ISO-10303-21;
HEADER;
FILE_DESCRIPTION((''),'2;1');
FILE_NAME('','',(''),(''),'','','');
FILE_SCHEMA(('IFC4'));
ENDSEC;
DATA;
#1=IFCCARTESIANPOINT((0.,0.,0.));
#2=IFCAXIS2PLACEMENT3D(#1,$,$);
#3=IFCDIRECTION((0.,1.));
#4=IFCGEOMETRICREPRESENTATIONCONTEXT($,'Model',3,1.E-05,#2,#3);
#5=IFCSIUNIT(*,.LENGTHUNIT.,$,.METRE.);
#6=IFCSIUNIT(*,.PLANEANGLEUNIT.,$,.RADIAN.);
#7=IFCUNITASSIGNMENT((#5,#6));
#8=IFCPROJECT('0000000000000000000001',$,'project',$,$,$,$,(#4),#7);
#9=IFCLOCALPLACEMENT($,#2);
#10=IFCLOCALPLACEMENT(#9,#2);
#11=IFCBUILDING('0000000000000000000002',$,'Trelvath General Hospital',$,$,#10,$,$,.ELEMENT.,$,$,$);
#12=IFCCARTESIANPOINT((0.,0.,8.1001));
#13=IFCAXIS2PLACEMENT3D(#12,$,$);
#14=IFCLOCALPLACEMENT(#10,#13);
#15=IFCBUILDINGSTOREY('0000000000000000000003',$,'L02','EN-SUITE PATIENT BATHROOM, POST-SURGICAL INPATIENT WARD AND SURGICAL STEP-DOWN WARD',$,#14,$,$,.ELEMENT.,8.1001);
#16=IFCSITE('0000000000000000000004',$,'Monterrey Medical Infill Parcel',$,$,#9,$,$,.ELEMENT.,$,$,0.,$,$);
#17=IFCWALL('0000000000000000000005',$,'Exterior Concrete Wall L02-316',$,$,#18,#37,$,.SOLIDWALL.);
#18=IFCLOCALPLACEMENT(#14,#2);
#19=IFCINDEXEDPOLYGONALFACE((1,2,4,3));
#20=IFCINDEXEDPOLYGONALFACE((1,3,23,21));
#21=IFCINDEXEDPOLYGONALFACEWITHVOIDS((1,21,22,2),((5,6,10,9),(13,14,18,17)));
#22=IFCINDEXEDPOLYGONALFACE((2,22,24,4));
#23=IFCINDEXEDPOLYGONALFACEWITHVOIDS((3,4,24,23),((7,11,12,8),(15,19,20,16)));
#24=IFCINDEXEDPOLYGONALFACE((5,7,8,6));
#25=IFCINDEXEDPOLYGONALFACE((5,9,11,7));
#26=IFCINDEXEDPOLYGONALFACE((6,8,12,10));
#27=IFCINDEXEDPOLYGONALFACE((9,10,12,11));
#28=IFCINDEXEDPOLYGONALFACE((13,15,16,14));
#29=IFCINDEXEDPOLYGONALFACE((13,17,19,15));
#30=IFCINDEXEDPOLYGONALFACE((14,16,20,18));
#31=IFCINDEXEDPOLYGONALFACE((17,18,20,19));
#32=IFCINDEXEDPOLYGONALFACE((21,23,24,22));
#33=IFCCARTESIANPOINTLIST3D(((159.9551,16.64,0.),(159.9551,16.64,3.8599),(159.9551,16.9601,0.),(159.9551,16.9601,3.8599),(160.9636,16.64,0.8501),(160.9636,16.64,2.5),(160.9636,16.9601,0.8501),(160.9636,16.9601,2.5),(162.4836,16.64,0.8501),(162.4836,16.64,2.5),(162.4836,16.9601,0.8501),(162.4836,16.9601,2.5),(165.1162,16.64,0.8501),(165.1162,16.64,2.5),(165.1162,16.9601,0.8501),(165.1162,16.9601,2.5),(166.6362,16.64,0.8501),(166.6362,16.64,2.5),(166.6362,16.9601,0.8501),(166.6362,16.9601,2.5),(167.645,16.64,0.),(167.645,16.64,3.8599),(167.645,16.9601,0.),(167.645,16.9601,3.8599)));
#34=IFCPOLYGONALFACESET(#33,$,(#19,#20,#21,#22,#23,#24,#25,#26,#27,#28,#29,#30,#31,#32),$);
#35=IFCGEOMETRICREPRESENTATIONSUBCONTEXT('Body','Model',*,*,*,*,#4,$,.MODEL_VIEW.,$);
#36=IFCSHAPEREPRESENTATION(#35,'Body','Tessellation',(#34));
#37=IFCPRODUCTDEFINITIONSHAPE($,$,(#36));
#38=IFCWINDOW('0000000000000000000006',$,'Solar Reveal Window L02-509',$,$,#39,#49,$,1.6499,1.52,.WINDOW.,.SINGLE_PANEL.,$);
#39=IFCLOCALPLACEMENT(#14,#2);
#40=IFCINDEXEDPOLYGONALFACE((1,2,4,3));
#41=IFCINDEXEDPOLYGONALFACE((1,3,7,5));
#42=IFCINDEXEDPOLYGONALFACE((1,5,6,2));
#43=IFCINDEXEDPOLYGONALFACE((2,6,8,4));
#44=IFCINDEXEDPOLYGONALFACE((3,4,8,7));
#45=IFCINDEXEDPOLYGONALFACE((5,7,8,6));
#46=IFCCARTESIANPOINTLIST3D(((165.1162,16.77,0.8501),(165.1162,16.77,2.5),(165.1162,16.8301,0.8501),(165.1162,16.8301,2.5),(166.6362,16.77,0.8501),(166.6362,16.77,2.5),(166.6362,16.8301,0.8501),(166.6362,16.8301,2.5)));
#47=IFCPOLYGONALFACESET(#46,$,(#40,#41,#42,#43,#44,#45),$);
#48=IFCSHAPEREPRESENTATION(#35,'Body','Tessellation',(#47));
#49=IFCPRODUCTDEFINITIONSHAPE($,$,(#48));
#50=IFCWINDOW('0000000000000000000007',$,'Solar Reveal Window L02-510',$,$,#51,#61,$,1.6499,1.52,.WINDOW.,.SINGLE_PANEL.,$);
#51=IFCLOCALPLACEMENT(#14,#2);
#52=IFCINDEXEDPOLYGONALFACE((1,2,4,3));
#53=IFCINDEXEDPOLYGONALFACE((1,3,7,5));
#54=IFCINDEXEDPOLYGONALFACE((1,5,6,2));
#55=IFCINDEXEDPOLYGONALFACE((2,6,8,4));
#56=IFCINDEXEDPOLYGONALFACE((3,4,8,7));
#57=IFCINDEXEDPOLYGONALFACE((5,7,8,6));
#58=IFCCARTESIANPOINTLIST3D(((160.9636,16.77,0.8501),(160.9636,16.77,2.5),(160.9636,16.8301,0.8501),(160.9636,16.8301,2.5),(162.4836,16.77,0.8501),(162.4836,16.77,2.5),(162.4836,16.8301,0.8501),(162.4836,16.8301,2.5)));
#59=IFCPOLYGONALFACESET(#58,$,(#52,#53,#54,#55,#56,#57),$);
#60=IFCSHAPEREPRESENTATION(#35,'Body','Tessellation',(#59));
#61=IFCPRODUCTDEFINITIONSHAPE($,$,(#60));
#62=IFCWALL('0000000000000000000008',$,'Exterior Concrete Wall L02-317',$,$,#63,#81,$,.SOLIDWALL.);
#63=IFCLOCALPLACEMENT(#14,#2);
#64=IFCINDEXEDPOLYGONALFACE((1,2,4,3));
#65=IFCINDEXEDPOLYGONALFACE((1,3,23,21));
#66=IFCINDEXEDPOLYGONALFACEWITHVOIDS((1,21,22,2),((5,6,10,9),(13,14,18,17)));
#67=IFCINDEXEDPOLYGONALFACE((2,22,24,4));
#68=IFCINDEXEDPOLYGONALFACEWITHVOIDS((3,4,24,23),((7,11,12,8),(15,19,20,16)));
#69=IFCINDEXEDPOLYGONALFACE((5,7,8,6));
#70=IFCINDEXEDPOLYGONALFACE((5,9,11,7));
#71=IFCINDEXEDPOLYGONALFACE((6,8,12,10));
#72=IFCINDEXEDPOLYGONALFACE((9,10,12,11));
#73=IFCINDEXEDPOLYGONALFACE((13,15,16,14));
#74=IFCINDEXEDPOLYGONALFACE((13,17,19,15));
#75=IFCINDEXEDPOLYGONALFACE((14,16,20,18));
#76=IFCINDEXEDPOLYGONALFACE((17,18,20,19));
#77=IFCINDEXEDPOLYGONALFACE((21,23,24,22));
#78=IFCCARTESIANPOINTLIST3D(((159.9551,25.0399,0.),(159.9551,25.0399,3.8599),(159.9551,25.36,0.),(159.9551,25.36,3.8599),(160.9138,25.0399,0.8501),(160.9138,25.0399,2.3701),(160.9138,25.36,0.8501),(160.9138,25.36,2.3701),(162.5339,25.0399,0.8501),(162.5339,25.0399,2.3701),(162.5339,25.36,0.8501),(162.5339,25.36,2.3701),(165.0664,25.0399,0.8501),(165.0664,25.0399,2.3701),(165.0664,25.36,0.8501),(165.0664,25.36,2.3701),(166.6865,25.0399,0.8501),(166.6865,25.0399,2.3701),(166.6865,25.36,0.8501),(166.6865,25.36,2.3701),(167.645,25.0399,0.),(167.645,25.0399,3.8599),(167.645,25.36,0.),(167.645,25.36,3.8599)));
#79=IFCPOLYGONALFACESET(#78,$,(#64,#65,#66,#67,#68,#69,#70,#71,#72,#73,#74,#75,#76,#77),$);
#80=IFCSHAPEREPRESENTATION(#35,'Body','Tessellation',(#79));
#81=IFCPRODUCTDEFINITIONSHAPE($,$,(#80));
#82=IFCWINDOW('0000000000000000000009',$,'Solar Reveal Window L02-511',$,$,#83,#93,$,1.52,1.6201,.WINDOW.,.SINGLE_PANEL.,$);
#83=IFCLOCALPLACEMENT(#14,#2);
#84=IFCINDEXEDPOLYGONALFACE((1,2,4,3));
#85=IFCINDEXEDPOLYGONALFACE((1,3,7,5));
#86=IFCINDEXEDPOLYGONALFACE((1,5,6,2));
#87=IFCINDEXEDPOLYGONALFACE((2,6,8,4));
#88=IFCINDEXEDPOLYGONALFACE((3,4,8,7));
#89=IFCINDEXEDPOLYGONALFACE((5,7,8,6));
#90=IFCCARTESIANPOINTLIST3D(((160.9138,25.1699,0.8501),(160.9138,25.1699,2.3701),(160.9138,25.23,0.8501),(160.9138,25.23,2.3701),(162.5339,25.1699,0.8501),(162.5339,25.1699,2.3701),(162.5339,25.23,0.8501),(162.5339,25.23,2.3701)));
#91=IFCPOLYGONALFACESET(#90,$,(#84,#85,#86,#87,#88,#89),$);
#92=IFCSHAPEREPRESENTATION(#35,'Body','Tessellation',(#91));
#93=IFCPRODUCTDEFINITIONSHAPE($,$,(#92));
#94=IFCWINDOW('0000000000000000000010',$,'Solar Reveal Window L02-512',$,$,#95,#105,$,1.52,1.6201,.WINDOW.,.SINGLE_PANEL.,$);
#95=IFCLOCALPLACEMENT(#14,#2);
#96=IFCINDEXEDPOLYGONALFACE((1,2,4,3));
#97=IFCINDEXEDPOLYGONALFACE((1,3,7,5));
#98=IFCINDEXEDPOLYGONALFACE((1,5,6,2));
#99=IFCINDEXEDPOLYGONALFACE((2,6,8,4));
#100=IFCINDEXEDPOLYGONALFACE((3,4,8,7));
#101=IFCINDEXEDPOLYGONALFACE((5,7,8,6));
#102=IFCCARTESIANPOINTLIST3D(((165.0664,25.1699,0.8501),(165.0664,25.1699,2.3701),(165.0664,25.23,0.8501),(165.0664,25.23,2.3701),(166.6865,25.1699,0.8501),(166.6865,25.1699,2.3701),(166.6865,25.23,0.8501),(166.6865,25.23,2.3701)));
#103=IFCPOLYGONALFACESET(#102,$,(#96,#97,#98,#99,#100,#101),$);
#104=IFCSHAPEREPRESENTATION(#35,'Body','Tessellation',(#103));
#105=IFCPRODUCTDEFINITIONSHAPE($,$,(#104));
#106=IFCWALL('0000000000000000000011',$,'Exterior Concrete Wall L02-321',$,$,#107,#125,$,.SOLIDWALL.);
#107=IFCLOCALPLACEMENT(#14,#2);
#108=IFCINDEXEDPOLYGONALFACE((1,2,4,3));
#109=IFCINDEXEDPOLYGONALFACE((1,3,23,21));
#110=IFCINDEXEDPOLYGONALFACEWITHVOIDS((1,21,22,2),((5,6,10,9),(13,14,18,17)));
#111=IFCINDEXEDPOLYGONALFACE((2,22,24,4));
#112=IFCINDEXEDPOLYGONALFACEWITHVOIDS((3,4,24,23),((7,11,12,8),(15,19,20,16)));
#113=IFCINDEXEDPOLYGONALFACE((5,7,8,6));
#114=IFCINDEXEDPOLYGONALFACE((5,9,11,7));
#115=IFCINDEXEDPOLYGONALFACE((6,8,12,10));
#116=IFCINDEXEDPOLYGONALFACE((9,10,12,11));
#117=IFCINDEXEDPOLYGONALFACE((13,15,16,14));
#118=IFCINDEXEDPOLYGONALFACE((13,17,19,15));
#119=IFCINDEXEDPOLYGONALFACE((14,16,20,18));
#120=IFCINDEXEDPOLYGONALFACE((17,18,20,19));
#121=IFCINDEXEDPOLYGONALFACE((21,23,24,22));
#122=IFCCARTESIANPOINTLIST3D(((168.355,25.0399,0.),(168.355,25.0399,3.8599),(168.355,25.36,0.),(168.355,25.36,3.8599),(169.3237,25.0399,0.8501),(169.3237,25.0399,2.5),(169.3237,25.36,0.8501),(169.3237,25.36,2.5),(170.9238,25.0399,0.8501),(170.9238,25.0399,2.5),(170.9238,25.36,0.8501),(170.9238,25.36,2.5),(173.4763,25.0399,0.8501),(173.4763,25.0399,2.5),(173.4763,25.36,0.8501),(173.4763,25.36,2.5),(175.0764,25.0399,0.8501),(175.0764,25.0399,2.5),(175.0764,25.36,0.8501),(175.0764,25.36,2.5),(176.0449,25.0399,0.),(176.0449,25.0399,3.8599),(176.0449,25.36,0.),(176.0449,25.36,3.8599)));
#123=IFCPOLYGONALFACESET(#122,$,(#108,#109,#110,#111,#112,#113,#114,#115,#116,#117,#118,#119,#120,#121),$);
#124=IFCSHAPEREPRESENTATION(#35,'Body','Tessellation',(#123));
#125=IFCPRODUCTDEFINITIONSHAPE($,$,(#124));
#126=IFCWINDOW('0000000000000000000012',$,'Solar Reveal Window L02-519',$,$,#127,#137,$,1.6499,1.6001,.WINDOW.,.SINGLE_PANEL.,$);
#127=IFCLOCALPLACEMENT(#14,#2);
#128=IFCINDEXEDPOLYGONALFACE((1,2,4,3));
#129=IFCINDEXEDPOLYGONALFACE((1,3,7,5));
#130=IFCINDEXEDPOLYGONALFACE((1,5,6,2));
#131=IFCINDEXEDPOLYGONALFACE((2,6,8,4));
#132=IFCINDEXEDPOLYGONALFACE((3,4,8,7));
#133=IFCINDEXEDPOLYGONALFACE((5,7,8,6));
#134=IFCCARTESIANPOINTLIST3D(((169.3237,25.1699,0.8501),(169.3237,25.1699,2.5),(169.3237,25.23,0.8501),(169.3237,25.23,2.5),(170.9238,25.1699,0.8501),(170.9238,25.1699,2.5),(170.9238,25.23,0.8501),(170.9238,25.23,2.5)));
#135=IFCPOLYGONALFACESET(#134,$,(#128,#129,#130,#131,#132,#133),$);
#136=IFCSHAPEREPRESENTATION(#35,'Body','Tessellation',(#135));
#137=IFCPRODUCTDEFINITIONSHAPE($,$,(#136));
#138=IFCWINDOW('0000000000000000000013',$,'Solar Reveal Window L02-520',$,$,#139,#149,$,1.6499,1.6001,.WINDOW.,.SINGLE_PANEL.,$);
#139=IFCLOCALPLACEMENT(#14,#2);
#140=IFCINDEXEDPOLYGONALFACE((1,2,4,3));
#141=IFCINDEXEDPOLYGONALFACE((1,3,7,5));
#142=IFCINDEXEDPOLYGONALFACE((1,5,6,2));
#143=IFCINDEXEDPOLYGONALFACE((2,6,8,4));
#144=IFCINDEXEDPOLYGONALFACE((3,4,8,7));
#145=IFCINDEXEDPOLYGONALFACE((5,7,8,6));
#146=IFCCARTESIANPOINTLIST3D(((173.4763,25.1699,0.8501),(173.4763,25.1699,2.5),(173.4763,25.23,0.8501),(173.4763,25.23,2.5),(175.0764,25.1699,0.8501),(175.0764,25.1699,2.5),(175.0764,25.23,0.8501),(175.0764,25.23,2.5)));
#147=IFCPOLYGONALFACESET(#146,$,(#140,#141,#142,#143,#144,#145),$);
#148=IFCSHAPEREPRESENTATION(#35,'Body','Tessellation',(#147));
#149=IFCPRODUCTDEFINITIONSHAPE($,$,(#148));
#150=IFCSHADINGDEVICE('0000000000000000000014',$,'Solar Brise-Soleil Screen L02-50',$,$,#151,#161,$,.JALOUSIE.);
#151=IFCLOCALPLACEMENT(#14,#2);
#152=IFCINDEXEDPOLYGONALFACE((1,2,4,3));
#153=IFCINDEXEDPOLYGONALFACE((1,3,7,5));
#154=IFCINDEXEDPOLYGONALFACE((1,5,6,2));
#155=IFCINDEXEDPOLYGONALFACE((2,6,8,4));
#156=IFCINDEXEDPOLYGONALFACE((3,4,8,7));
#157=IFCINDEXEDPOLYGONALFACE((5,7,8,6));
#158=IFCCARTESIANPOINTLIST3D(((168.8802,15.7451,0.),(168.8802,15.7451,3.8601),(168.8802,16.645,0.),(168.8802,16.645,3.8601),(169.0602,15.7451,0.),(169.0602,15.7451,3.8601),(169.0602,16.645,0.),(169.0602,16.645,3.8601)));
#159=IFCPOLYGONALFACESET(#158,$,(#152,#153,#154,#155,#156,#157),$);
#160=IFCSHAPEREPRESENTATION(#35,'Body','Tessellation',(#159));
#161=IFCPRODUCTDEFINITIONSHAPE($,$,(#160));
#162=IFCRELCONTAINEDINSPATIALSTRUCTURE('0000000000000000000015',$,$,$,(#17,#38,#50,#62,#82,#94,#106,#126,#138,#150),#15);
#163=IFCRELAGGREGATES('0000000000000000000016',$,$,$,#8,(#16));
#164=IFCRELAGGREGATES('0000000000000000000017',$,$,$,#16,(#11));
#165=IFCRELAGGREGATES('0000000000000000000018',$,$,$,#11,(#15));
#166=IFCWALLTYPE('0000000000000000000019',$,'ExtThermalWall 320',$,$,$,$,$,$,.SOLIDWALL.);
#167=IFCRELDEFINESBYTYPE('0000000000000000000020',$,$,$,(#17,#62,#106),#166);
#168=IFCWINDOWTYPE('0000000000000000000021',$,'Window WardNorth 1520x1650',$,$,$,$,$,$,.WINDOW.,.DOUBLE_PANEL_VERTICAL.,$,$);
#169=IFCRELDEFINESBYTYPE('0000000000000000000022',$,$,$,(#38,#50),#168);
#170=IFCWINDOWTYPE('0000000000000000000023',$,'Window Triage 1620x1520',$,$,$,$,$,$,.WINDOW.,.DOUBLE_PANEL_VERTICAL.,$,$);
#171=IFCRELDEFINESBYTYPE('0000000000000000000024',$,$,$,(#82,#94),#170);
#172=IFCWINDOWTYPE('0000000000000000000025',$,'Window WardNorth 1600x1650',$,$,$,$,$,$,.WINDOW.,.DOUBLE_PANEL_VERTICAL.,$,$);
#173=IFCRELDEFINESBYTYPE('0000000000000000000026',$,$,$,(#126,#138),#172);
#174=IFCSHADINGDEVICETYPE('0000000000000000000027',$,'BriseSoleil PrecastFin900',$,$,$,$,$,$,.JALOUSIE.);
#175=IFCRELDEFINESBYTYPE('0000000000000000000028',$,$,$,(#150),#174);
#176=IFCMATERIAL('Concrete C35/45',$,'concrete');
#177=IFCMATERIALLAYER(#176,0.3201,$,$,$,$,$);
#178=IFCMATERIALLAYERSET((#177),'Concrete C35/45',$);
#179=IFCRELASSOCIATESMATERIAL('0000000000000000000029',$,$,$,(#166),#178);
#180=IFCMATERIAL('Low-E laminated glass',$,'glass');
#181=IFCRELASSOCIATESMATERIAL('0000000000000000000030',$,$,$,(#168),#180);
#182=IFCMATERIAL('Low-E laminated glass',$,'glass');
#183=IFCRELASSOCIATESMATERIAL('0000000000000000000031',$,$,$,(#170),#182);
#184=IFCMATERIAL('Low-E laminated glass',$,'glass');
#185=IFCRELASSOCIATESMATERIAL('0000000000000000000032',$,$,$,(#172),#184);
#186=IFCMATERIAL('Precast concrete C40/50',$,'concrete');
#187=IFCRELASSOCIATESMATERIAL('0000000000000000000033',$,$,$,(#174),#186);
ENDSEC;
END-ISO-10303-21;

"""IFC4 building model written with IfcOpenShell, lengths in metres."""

from ifc_helpers import new_model, si_unit, direction, frame, frame_2d, origin, origin_2d, place, context, subcontext, project, spatial, rectangle, extrude, material, layer, layer_set, type_object, element, fill, save


model = new_model("IFC4")

# Units and contexts
model_context = context("Model", 3, precision=1e-05, world=origin(), true_north=direction((0.0, 1.0)))
body_context = subcontext(model_context, "Body", "Model", "MODEL_VIEW")
ifc_project = project(units=[si_unit("LENGTHUNIT", "METRE"), si_unit("PLANEANGLEUNIT", "RADIAN")], contexts=[model_context])

# Site, building, storey
site_placement = place(None, origin())
site = spatial("IfcSite", under=ifc_project, at=site_placement, Name="Monterrey Medical Infill Parcel", CompositionType="ELEMENT", RefElevation=0.0)
building_placement = place(site_placement, origin())
building = spatial("IfcBuilding", under=site, at=building_placement, Name="Trelvath General Hospital", CompositionType="ELEMENT")
storey_placement = place(building_placement, frame((0.0, 0.0, 8.1001)))
storey = spatial("IfcBuildingStorey", under=building, at=storey_placement, Name="L02", Description="EN-SUITE PATIENT BATHROOM, POST-SURGICAL INPATIENT WARD AND SURGICAL STEP-DOWN WARD", CompositionType="ELEMENT", Elevation=8.1001)

# Walls, openings, windows
ifc_material_1 = material(Name="Concrete C35/45", Category="concrete")
ifc_layer_1 = layer(ifc_material_1, 0.3201)
ifc_layer_set_1 = layer_set([ifc_layer_1], Name="Concrete C35/45")
wall_type = type_object("IfcWallType", Name="ExtThermalWall 320", PredefinedType="SOLIDWALL", material=ifc_layer_set_1)
wall_1_placement = place(storey_placement, frame((167.645, 16.8, 0.0), z_axis=(0.0, 0.0, 1.0), x_axis=(-1.0, 0.0, 0.0)))
wall_1 = element("IfcWall", 1, at=wall_1_placement, inside=storey, type_object=wall_type, Name="Exterior Concrete Wall L02-316", PredefinedType="SOLIDWALL", context=body_context, shape_type="SweptSolid", body=[
    extrude(rectangle(XDim=7.6899, YDim=0.3201, at=frame_2d((3.845, 0.0))), origin(), (0.0, 0.0, 1.0), 3.8599),
])
opening_1_placement = place(wall_1_placement, frame((1.0088, 0.0, 0.8501)))
opening_1 = element("IfcOpeningElement", 2, at=opening_1_placement, cuts=wall_1, PredefinedType="OPENING", context=body_context, shape_type="SweptSolid", body=[
    extrude(rectangle(XDim=1.52, YDim=1.6499, at=frame_2d((0.76, 0.825))), frame((0.0, 0.1699, 0.0), z_axis=(0.0, -1.0, 0.0), x_axis=(1.0, 0.0, 0.0)), (0.0, 0.0, 1.0), 0.3401),
])
opening_2_placement = place(wall_1_placement, frame((5.1614, 0.0, 0.8501)))
opening_2 = element("IfcOpeningElement", 3, at=opening_2_placement, cuts=wall_1, PredefinedType="OPENING", context=body_context, shape_type="SweptSolid", body=[
    extrude(rectangle(XDim=1.52, YDim=1.6499, at=frame_2d((0.76, 0.825))), frame((0.0, 0.1699, 0.0), z_axis=(0.0, -1.0, 0.0), x_axis=(1.0, 0.0, 0.0)), (0.0, 0.0, 1.0), 0.3401),
])
ifc_material_2 = material(Name="Low-E laminated glass", Category="glass")
window_type_1 = type_object("IfcWindowType", Name="Window WardNorth 1520x1650", PartitioningType="DOUBLE_PANEL_VERTICAL", PredefinedType="WINDOW", material=ifc_material_2)
window_1_placement = place(opening_1_placement, origin())
window_1 = element("IfcWindow", 4, at=window_1_placement, inside=storey, type_object=window_type_1, Name="Solar Reveal Window L02-509", OverallHeight=1.6499, OverallWidth=1.52, PartitioningType="SINGLE_PANEL", PredefinedType="WINDOW", context=body_context, shape_type="SweptSolid", body=[
    extrude(rectangle(XDim=1.52, YDim=1.6499, at=frame_2d((0.76, 0.825))), frame((0.0, 0.03, 0.0), z_axis=(0.0, -1.0, 0.0), x_axis=(1.0, 0.0, 0.0)), (0.0, 0.0, 1.0), 0.0601),
])
fill(opening_1, window_1)
window_2_placement = place(opening_2_placement, origin())
window_2 = element("IfcWindow", 5, at=window_2_placement, inside=storey, type_object=window_type_1, Name="Solar Reveal Window L02-510", OverallHeight=1.6499, OverallWidth=1.52, PartitioningType="SINGLE_PANEL", PredefinedType="WINDOW", context=body_context, shape_type="SweptSolid", body=[
    extrude(rectangle(XDim=1.52, YDim=1.6499, at=frame_2d((0.76, 0.825))), frame((0.0, 0.03, 0.0), z_axis=(0.0, -1.0, 0.0), x_axis=(1.0, 0.0, 0.0)), (0.0, 0.0, 1.0), 0.0601),
])
fill(opening_2, window_2)
wall_2_placement = place(storey_placement, frame((159.9551, 25.2, 0.0), z_axis=(0.0, 0.0, 1.0), x_axis=(1.0, 0.0, 0.0)))
wall_2 = element("IfcWall", 6, at=wall_2_placement, inside=storey, type_object=wall_type, Name="Exterior Concrete Wall L02-317", PredefinedType="SOLIDWALL", context=body_context, shape_type="SweptSolid", body=[
    extrude(rectangle(XDim=7.6899, YDim=0.3201, at=frame_2d((3.845, 0.0))), origin(), (0.0, 0.0, 1.0), 3.8599),
])
opening_3_placement = place(wall_2_placement, frame((0.9587, 0.0, 0.8501)))
opening_3 = element("IfcOpeningElement", 7, at=opening_3_placement, cuts=wall_2, PredefinedType="OPENING", context=body_context, shape_type="SweptSolid", body=[
    extrude(rectangle(XDim=1.6201, YDim=1.52, at=frame_2d((0.8101, 0.76))), frame((0.0, 0.1699, 0.0), z_axis=(0.0, -1.0, 0.0), x_axis=(1.0, 0.0, 0.0)), (0.0, 0.0, 1.0), 0.3401),
])
opening_4_placement = place(wall_2_placement, frame((5.1113, 0.0, 0.8501)))
opening_4 = element("IfcOpeningElement", 8, at=opening_4_placement, cuts=wall_2, PredefinedType="OPENING", context=body_context, shape_type="SweptSolid", body=[
    extrude(rectangle(XDim=1.6201, YDim=1.52, at=frame_2d((0.8101, 0.76))), frame((0.0, 0.1699, 0.0), z_axis=(0.0, -1.0, 0.0), x_axis=(1.0, 0.0, 0.0)), (0.0, 0.0, 1.0), 0.3401),
])
ifc_material_3 = material(Name="Low-E laminated glass", Category="glass")
window_type_2 = type_object("IfcWindowType", Name="Window Triage 1620x1520", PartitioningType="DOUBLE_PANEL_VERTICAL", PredefinedType="WINDOW", material=ifc_material_3)
window_3_placement = place(opening_3_placement, origin())
window_3 = element("IfcWindow", 9, at=window_3_placement, inside=storey, type_object=window_type_2, Name="Solar Reveal Window L02-511", OverallHeight=1.52, OverallWidth=1.6201, PartitioningType="SINGLE_PANEL", PredefinedType="WINDOW", context=body_context, shape_type="SweptSolid", body=[
    extrude(rectangle(XDim=1.6201, YDim=1.52, at=frame_2d((0.8101, 0.76))), frame((0.0, 0.03, 0.0), z_axis=(0.0, -1.0, 0.0), x_axis=(1.0, 0.0, 0.0)), (0.0, 0.0, 1.0), 0.0601),
])
fill(opening_3, window_3)
window_4_placement = place(opening_4_placement, origin())
window_4 = element("IfcWindow", 10, at=window_4_placement, inside=storey, type_object=window_type_2, Name="Solar Reveal Window L02-512", OverallHeight=1.52, OverallWidth=1.6201, PartitioningType="SINGLE_PANEL", PredefinedType="WINDOW", context=body_context, shape_type="SweptSolid", body=[
    extrude(rectangle(XDim=1.6201, YDim=1.52, at=frame_2d((0.8101, 0.76))), frame((0.0, 0.03, 0.0), z_axis=(0.0, -1.0, 0.0), x_axis=(1.0, 0.0, 0.0)), (0.0, 0.0, 1.0), 0.0601),
])
fill(opening_4, window_4)
wall_3_placement = place(storey_placement, frame((168.355, 25.2, 0.0), z_axis=(0.0, 0.0, 1.0), x_axis=(1.0, 0.0, 0.0)))
wall_3 = element("IfcWall", 11, at=wall_3_placement, inside=storey, type_object=wall_type, Name="Exterior Concrete Wall L02-321", PredefinedType="SOLIDWALL", context=body_context, shape_type="SweptSolid", body=[
    extrude(rectangle(XDim=7.6899, YDim=0.3201, at=frame_2d((3.845, 0.0))), origin(), (0.0, 0.0, 1.0), 3.8599),
])
opening_5_placement = place(wall_3_placement, frame((0.9688, 0.0, 0.8501)))
opening_5 = element("IfcOpeningElement", 12, at=opening_5_placement, cuts=wall_3, PredefinedType="OPENING", context=body_context, shape_type="SweptSolid", body=[
    extrude(rectangle(XDim=1.6001, YDim=1.6499, at=frame_2d((0.8, 0.825))), frame((0.0, 0.1699, 0.0), z_axis=(0.0, -1.0, 0.0), x_axis=(1.0, 0.0, 0.0)), (0.0, 0.0, 1.0), 0.3401),
])
opening_6_placement = place(wall_3_placement, frame((5.1213, 0.0, 0.8501)))
opening_6 = element("IfcOpeningElement", 13, at=opening_6_placement, cuts=wall_3, PredefinedType="OPENING", context=body_context, shape_type="SweptSolid", body=[
    extrude(rectangle(XDim=1.6001, YDim=1.6499, at=frame_2d((0.8, 0.825))), frame((0.0, 0.1699, 0.0), z_axis=(0.0, -1.0, 0.0), x_axis=(1.0, 0.0, 0.0)), (0.0, 0.0, 1.0), 0.3401),
])
ifc_material_4 = material(Name="Low-E laminated glass", Category="glass")
window_type_3 = type_object("IfcWindowType", Name="Window WardNorth 1600x1650", PartitioningType="DOUBLE_PANEL_VERTICAL", PredefinedType="WINDOW", material=ifc_material_4)
window_5_placement = place(opening_5_placement, origin())
window_5 = element("IfcWindow", 14, at=window_5_placement, inside=storey, type_object=window_type_3, Name="Solar Reveal Window L02-519", OverallHeight=1.6499, OverallWidth=1.6001, PartitioningType="SINGLE_PANEL", PredefinedType="WINDOW", context=body_context, shape_type="SweptSolid", body=[
    extrude(rectangle(XDim=1.6001, YDim=1.6499, at=frame_2d((0.8, 0.825))), frame((0.0, 0.03, 0.0), z_axis=(0.0, -1.0, 0.0), x_axis=(1.0, 0.0, 0.0)), (0.0, 0.0, 1.0), 0.0601),
])
fill(opening_5, window_5)
window_6_placement = place(opening_6_placement, origin())
window_6 = element("IfcWindow", 15, at=window_6_placement, inside=storey, type_object=window_type_3, Name="Solar Reveal Window L02-520", OverallHeight=1.6499, OverallWidth=1.6001, PartitioningType="SINGLE_PANEL", PredefinedType="WINDOW", context=body_context, shape_type="SweptSolid", body=[
    extrude(rectangle(XDim=1.6001, YDim=1.6499, at=frame_2d((0.8, 0.825))), frame((0.0, 0.03, 0.0), z_axis=(0.0, -1.0, 0.0), x_axis=(1.0, 0.0, 0.0)), (0.0, 0.0, 1.0), 0.0601),
])
fill(opening_6, window_6)

# Shading device
ifc_material_5 = material(Name="Precast concrete C40/50", Category="concrete")
shading_device_type = type_object("IfcShadingDeviceType", Name="BriseSoleil PrecastFin900", PredefinedType="JALOUSIE", material=ifc_material_5)
shading_device_placement = place(storey_placement, frame((168.9702, 16.1951, 0.0), z_axis=(0.0, 0.0, 1.0), x_axis=(0.0, -1.0, 0.0)))
element("IfcShadingDevice", 16, at=shading_device_placement, inside=storey, type_object=shading_device_type, Name="Solar Brise-Soleil Screen L02-50", PredefinedType="JALOUSIE", context=body_context, shape_type="SweptSolid", body=[
    extrude(rectangle(XDim=0.8999, YDim=0.1799, at=origin_2d()), origin(), (0.0, 0.0, 1.0), 3.8601),
])

save(model, "model.ifc")
